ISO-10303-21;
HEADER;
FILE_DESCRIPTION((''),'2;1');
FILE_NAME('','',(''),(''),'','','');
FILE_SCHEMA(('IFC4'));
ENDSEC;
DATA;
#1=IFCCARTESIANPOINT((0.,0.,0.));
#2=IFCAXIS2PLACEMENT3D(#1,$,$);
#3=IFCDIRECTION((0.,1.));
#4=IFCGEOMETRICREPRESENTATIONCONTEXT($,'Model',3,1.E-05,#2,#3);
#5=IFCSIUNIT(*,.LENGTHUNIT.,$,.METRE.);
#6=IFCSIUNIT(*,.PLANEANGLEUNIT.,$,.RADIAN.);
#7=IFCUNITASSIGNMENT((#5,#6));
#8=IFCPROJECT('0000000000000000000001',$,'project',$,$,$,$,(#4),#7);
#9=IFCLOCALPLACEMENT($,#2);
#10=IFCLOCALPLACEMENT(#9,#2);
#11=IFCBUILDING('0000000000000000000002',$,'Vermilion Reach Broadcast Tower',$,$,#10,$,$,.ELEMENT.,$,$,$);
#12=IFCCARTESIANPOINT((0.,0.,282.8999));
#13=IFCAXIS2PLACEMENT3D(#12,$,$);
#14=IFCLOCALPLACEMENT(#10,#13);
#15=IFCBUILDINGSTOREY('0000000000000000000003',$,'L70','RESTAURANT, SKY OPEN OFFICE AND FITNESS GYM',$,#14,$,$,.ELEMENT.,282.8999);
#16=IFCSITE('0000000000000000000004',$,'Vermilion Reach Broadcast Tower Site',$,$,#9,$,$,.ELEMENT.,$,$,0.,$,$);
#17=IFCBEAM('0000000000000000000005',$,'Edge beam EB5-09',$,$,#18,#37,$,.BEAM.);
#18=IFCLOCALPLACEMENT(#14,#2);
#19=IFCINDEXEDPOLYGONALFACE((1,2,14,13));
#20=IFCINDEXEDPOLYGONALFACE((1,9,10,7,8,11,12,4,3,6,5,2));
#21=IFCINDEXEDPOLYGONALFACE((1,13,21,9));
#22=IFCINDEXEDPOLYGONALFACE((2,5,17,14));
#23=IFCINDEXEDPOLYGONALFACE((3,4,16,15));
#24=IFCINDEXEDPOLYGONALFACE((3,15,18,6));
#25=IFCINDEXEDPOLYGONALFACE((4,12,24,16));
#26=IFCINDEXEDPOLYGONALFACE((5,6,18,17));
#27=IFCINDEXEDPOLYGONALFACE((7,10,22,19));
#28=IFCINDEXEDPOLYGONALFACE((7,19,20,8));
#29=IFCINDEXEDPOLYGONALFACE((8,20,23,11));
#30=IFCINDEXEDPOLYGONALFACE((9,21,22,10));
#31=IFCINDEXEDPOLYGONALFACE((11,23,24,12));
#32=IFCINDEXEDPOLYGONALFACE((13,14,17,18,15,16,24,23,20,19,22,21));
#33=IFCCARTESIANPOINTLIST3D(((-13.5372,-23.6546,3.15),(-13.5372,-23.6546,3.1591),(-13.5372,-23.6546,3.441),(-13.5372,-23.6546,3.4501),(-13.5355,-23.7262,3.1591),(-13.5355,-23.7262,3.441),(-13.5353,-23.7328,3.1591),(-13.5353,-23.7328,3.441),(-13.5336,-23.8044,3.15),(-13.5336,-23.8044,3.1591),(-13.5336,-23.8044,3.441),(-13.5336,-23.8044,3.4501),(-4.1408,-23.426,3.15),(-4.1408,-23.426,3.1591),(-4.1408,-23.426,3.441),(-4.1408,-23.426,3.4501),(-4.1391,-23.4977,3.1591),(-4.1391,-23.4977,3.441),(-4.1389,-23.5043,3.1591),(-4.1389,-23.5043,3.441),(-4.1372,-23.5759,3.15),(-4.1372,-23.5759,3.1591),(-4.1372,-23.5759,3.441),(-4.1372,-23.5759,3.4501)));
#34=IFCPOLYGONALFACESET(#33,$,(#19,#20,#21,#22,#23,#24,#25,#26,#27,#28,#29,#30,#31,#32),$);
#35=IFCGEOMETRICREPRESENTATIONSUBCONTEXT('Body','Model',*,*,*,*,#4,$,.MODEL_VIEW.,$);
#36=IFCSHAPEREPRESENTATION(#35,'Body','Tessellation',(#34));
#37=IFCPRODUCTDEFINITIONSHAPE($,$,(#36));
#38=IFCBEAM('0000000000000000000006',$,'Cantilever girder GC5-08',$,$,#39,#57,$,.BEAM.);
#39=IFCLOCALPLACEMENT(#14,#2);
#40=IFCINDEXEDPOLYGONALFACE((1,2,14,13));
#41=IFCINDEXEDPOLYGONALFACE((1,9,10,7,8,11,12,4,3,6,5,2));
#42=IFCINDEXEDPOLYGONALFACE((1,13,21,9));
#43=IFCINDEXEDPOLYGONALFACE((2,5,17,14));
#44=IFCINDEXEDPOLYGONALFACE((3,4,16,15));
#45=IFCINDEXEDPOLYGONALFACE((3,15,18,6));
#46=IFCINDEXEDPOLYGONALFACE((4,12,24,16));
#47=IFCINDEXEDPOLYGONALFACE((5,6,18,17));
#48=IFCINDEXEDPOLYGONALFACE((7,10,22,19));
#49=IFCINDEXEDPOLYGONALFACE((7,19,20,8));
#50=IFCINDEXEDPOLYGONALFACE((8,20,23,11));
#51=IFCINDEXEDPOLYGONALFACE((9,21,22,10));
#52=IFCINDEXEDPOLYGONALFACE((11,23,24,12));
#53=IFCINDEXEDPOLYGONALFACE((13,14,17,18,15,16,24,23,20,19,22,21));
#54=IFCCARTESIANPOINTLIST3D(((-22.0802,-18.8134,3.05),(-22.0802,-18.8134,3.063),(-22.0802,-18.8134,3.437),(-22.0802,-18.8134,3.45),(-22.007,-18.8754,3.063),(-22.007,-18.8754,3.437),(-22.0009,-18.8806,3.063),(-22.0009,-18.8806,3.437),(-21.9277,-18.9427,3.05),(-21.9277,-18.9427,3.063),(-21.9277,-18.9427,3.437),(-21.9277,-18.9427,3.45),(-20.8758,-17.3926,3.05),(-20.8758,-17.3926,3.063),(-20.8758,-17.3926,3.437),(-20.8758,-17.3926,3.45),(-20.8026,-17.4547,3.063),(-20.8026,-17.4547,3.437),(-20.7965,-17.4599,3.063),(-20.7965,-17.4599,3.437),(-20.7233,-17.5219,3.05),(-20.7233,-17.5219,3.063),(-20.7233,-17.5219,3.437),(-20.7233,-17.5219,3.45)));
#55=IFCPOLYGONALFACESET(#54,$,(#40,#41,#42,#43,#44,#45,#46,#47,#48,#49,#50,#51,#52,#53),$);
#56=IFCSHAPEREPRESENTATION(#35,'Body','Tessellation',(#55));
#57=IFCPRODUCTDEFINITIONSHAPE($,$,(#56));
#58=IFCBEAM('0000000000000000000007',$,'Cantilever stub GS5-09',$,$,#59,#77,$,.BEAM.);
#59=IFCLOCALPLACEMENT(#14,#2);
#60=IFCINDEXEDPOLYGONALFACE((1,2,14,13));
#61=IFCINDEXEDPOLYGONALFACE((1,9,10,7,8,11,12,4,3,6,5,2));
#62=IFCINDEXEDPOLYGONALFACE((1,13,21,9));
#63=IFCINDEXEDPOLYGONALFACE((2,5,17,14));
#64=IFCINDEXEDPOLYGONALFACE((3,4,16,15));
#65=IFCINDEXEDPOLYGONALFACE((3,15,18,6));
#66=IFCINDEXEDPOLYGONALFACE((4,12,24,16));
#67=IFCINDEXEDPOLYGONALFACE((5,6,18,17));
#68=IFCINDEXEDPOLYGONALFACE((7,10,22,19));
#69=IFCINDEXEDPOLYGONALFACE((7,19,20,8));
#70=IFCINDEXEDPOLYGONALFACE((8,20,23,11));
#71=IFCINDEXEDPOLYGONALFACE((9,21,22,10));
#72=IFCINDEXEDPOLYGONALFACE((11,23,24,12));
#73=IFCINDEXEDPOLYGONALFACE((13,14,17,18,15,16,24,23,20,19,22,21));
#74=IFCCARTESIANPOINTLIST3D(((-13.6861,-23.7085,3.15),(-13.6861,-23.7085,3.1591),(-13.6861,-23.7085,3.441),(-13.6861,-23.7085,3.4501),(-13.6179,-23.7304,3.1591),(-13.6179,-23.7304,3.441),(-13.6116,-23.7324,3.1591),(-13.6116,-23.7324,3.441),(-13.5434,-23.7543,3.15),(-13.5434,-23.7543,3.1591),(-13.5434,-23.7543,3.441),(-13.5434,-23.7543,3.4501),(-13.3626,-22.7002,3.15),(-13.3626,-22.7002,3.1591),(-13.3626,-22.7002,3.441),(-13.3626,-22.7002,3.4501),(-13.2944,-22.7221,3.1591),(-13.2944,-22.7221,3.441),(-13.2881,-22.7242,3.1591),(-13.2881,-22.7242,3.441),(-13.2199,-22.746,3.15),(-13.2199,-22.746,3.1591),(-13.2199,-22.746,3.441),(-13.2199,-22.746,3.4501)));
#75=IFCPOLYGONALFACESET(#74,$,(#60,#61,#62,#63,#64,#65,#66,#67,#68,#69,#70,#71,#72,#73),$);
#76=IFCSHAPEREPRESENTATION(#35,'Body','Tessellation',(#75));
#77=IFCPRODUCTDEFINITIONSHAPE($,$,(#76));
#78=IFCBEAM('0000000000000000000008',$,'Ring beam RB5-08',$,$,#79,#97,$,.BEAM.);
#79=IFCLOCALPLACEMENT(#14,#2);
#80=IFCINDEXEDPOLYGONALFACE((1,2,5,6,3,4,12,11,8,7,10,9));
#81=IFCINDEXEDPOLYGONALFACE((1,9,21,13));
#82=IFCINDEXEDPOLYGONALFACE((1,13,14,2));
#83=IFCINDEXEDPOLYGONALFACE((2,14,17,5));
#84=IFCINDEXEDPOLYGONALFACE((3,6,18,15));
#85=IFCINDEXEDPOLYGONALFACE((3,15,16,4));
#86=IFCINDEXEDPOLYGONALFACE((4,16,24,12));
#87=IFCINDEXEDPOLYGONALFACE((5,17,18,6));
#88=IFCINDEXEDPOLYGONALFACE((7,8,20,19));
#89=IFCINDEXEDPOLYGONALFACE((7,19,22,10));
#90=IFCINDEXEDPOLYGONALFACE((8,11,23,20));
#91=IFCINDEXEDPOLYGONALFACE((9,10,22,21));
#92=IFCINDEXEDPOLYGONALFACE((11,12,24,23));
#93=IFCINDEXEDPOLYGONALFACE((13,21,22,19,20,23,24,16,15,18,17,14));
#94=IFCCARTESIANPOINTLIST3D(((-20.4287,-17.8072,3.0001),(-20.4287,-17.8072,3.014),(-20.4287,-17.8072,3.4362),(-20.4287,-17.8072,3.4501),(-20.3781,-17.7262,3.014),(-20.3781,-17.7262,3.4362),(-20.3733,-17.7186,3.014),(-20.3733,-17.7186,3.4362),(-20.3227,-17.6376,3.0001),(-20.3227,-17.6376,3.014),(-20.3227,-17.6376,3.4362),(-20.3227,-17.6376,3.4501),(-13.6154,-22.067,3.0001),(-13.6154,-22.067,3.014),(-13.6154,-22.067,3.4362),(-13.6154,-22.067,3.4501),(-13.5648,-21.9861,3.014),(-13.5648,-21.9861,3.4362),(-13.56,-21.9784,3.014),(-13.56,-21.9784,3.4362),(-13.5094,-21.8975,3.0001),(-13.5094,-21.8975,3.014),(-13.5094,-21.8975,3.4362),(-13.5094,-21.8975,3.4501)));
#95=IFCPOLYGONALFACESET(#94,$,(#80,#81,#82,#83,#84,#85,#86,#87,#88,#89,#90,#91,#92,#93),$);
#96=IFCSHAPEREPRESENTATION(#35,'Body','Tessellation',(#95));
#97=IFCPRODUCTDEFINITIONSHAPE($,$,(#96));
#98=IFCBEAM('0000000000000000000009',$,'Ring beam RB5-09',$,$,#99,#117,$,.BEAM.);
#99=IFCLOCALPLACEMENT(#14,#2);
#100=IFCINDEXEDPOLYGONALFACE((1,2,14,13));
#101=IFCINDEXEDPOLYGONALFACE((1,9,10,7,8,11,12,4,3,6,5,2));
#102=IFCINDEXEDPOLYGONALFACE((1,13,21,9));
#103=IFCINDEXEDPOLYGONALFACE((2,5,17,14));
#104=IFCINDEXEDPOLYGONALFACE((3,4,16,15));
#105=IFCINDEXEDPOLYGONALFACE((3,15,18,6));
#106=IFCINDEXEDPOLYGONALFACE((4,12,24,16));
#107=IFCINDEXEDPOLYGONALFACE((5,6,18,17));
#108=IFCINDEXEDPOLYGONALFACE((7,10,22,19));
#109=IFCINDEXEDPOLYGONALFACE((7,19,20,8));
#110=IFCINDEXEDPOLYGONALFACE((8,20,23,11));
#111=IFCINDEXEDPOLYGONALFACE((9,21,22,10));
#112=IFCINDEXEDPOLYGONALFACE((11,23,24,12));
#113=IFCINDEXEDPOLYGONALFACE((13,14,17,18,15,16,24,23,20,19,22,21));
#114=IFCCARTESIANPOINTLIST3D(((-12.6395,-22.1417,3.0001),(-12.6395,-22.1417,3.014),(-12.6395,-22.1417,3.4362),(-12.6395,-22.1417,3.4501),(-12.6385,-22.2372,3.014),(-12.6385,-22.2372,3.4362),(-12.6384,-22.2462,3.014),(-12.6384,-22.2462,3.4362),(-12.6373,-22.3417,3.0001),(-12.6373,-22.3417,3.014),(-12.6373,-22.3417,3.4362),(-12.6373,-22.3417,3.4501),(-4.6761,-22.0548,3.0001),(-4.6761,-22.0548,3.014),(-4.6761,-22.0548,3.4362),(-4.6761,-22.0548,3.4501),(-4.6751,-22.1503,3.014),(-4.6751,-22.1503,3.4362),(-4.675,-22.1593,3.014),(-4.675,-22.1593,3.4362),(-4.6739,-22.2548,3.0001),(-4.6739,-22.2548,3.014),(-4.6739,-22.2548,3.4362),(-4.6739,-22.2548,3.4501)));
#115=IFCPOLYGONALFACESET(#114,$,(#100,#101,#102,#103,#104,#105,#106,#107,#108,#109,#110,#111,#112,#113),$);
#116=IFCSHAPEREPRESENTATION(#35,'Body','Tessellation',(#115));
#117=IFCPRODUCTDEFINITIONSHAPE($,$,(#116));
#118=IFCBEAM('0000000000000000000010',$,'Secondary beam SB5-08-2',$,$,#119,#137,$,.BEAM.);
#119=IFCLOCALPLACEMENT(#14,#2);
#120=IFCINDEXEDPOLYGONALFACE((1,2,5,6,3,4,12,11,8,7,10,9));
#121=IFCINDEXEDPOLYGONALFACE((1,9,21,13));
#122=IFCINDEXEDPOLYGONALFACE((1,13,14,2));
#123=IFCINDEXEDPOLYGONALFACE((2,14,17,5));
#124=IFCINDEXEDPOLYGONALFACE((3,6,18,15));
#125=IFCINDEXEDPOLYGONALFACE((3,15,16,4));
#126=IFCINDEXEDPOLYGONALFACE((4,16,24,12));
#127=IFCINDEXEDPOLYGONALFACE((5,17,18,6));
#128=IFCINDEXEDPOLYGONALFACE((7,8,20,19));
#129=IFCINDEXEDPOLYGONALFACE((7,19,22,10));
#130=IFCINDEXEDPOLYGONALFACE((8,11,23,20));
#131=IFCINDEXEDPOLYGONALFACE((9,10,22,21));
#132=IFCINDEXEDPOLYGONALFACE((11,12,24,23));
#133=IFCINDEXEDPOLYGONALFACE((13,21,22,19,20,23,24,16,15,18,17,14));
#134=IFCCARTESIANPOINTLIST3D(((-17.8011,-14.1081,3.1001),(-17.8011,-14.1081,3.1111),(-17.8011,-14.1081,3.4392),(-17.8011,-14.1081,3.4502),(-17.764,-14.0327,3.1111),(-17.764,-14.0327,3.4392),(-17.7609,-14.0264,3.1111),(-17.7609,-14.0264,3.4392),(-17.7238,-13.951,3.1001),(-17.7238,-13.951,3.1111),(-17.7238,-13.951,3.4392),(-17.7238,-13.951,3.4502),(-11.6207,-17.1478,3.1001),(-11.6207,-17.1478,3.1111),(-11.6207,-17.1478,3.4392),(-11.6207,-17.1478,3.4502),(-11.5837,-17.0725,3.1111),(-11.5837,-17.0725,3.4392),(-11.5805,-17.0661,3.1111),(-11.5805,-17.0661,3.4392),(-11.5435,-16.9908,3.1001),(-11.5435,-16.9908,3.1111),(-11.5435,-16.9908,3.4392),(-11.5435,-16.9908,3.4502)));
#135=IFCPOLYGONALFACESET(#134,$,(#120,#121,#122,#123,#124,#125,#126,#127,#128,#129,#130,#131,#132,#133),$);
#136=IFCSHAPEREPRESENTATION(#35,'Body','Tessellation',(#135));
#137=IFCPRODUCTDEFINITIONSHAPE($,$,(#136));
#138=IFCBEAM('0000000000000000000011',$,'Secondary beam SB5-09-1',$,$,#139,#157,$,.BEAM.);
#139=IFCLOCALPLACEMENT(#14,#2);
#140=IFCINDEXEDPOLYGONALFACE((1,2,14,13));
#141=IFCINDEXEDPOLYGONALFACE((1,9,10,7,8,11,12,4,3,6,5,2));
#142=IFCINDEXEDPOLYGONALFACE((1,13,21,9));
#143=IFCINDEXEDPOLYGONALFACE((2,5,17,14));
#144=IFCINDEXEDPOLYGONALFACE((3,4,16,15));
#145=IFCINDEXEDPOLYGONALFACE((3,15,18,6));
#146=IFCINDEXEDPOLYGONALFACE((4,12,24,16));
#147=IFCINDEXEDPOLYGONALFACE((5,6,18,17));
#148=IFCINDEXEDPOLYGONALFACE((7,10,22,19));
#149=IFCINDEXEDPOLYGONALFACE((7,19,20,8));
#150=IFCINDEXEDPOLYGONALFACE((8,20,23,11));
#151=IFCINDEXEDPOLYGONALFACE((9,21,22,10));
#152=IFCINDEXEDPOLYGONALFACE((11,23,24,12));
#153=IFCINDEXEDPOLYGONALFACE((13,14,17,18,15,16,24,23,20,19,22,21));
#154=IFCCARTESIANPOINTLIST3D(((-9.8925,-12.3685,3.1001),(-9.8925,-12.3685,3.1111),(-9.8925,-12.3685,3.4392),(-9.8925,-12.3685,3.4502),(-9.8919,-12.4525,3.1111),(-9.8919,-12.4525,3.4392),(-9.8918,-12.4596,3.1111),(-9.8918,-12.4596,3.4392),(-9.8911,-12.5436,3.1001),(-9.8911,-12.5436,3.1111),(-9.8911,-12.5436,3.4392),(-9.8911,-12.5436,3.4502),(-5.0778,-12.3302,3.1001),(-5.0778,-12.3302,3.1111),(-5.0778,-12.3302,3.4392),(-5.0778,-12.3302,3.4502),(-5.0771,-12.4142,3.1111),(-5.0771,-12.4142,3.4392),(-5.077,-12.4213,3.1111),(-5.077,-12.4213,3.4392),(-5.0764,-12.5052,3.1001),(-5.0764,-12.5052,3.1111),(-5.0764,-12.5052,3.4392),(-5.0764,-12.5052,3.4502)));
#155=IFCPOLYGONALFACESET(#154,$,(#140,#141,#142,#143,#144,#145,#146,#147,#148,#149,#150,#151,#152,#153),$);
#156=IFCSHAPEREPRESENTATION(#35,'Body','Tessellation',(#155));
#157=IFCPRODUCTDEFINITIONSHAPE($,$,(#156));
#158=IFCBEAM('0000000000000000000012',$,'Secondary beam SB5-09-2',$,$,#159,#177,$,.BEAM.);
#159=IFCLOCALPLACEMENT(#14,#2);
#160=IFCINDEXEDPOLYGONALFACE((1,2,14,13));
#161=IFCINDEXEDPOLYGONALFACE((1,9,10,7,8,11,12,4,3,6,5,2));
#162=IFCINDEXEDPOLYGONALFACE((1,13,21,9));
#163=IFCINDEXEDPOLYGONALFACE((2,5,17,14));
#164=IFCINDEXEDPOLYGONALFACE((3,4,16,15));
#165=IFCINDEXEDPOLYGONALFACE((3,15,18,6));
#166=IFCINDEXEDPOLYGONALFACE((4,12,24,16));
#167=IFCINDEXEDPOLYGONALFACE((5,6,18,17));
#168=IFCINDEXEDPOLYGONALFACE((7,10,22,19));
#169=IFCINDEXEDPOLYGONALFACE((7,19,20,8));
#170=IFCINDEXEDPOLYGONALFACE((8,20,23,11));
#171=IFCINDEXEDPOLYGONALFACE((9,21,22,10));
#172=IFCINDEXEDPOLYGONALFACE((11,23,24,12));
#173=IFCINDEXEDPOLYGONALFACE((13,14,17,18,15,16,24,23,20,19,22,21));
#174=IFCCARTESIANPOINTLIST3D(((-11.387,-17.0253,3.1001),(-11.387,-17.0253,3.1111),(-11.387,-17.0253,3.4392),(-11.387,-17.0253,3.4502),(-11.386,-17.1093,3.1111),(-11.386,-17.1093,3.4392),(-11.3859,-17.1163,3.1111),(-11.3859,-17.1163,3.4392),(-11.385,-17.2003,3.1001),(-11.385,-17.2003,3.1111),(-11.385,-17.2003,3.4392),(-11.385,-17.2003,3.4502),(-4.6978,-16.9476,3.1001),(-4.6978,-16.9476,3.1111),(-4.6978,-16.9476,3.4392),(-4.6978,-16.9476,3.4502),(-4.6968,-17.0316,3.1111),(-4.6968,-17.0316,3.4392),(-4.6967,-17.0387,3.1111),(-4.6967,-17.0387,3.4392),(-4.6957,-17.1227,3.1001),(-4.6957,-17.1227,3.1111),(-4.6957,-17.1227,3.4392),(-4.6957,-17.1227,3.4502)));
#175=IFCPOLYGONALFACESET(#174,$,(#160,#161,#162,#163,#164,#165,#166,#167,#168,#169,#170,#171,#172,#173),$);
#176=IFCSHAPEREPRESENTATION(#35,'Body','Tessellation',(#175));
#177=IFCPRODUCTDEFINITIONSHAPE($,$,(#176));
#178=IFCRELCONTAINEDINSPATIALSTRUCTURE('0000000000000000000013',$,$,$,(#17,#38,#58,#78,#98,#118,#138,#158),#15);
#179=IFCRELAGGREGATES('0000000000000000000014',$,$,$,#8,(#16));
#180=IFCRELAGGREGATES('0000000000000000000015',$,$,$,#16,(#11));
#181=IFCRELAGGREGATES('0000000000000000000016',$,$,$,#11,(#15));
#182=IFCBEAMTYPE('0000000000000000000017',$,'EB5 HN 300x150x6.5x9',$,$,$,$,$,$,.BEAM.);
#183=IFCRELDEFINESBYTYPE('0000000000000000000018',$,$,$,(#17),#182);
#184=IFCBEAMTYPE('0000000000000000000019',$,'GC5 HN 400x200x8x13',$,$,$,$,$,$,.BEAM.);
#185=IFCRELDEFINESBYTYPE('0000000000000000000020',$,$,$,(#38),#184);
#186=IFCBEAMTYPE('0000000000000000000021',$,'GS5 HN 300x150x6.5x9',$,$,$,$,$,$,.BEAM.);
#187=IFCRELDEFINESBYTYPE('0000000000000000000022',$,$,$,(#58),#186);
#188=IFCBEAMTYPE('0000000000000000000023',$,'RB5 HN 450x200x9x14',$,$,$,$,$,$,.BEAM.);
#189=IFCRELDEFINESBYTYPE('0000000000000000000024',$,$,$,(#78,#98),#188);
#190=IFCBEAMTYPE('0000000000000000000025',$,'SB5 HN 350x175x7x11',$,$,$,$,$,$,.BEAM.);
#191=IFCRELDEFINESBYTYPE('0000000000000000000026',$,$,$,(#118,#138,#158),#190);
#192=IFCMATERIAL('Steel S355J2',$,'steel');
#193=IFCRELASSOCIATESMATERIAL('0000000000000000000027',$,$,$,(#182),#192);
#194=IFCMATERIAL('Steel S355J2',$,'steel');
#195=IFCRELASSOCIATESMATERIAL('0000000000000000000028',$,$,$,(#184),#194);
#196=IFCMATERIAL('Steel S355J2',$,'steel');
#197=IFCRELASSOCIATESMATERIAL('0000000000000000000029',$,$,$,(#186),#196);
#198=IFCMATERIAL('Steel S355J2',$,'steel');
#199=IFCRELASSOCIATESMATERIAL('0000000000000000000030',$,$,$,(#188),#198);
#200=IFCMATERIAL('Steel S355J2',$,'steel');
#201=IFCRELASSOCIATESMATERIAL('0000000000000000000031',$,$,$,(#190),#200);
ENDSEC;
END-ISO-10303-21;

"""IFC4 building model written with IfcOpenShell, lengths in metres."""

from ifc_helpers import new_model, si_unit, direction, frame, origin, origin_2d, place, context, subcontext, project, spatial, i_section, extrude, material, material_profile, profile_set, type_object, element, save


model = new_model("IFC4")

# Units and contexts
model_context = context("Model", 3, precision=1e-05, world=origin(), true_north=direction((0.0, 1.0)))
body_context = subcontext(model_context, "Body", "Model", "MODEL_VIEW")
ifc_project = project(units=[si_unit("LENGTHUNIT", "METRE"), si_unit("PLANEANGLEUNIT", "RADIAN")], contexts=[model_context])

# Site, building, storey
site_placement = place(None, origin())
site = spatial("IfcSite", under=ifc_project, at=site_placement, Name="Vermilion Reach Broadcast Tower Site", CompositionType="ELEMENT", RefElevation=0.0)
building_placement = place(site_placement, origin())
building = spatial("IfcBuilding", under=site, at=building_placement, Name="Vermilion Reach Broadcast Tower", CompositionType="ELEMENT")
storey_placement = place(building_placement, frame((0.0, 0.0, 282.8999)))
storey = spatial("IfcBuildingStorey", under=building, at=storey_placement, Name="L70", Description="RESTAURANT, SKY OPEN OFFICE AND FITNESS GYM", CompositionType="ELEMENT", Elevation=282.8999)

# Beams
ifc_material_1 = material(Name="Steel S355J2", Category="steel")
ifc_material_profile_1 = material_profile(ifc_material_1, i_section(OverallWidth=0.1499, OverallDepth=0.3, WebThickness=0.0066, FlangeThickness=0.009, at=origin_2d()), Name="S355J2 HN 300x150x6.5x9")
ifc_profile_set_1 = profile_set([ifc_material_profile_1], Name="Steel S355J2")
beam_type_1 = type_object("IfcBeamType", Name="EB5 HN 300x150x6.5x9", PredefinedType="BEAM", material=ifc_profile_set_1)
beam_1_placement = place(storey_placement, frame((-13.5354, -23.7295, 3.3), z_axis=(0.999704, 0.024312, 0.0), x_axis=(-0.024312, 0.999704, 0.0)))
element("IfcBeam", 1, at=beam_1_placement, inside=storey, type_object=beam_type_1, Name="Edge beam EB5-09", PredefinedType="BEAM", context=body_context, shape_type="SweptSolid", body=[
    extrude(i_section(OverallWidth=0.1499, OverallDepth=0.3, WebThickness=0.0066, FlangeThickness=0.009, at=origin_2d()), origin(), (0.0, 0.0, 1.0), 9.3992),
])
ifc_material_2 = material(Name="Steel S355J2", Category="steel")
ifc_material_profile_2 = material_profile(ifc_material_2, i_section(OverallWidth=0.2, OverallDepth=0.3999, WebThickness=0.0081, FlangeThickness=0.0129, at=origin_2d()), Name="S355J2 HN 400x200x8x13")
ifc_profile_set_2 = profile_set([ifc_material_profile_2], Name="Steel S355J2")
beam_type_2 = type_object("IfcBeamType", Name="GC5 HN 400x200x8x13", PredefinedType="BEAM", material=ifc_profile_set_2)
beam_2_placement = place(storey_placement, frame((-20.7996, -17.4573, 3.25), z_axis=(-0.646647, -0.762789, 0.0), x_axis=(0.762789, -0.646647, 0.0)))
element("IfcBeam", 2, at=beam_2_placement, inside=storey, type_object=beam_type_2, Name="Cantilever girder GC5-08", PredefinedType="BEAM", context=body_context, shape_type="SweptSolid", body=[
    extrude(i_section(OverallWidth=0.2, OverallDepth=0.3999, WebThickness=0.0081, FlangeThickness=0.0129, at=origin_2d()), origin(), (0.0, 0.0, 1.0), 1.8625),
])
ifc_material_3 = material(Name="Steel S355J2", Category="steel")
ifc_material_profile_3 = material_profile(ifc_material_3, i_section(OverallWidth=0.1499, OverallDepth=0.3, WebThickness=0.0066, FlangeThickness=0.009, at=origin_2d()), Name="S355J2 HN 300x150x6.5x9")
ifc_profile_set_3 = profile_set([ifc_material_profile_3], Name="Steel S355J2")
beam_type_3 = type_object("IfcBeamType", Name="GS5 HN 300x150x6.5x9", PredefinedType="BEAM", material=ifc_profile_set_3)
beam_3_placement = place(storey_placement, frame((-13.2913, -22.7231, 3.3), z_axis=(-0.305487, -0.952196, 0.0), x_axis=(0.952196, -0.305487, 0.0)))
element("IfcBeam", 3, at=beam_3_placement, inside=storey, type_object=beam_type_3, Name="Cantilever stub GS5-09", PredefinedType="BEAM", context=body_context, shape_type="SweptSolid", body=[
    extrude(i_section(OverallWidth=0.1499, OverallDepth=0.3, WebThickness=0.0066, FlangeThickness=0.009, at=origin_2d()), origin(), (0.0, 0.0, 1.0), 1.0588),
])
ifc_material_4 = material(Name="Steel S355J2", Category="steel")
ifc_material_profile_4 = material_profile(ifc_material_4, i_section(OverallWidth=0.2, OverallDepth=0.45, WebThickness=0.009, FlangeThickness=0.0139, at=origin_2d()), Name="S355J2 HN 450x200x9x14")
ifc_profile_set_4 = profile_set([ifc_material_profile_4], Name="Steel S355J2")
beam_type_4 = type_object("IfcBeamType", Name="RB5 HN 450x200x9x14", PredefinedType="BEAM", material=ifc_profile_set_4)
beam_4_placement = place(storey_placement, frame((-20.3757, -17.7224, 3.2251), z_axis=(0.847915, -0.530133, 0.0), x_axis=(0.530133, 0.847915, 0.0)))
element("IfcBeam", 4, at=beam_4_placement, inside=storey, type_object=beam_type_4, Name="Ring beam RB5-08", PredefinedType="BEAM", context=body_context, shape_type="SweptSolid", body=[
    extrude(i_section(OverallWidth=0.2, OverallDepth=0.45, WebThickness=0.009, FlangeThickness=0.0139, at=origin_2d()), origin(), (0.0, 0.0, 1.0), 8.0354),
])
beam_5_placement = place(storey_placement, frame((-12.6384, -22.2417, 3.2251), z_axis=(0.99994, 0.010914, 0.0), x_axis=(-0.010914, 0.99994, 0.0)))
element("IfcBeam", 5, at=beam_5_placement, inside=storey, type_object=beam_type_4, Name="Ring beam RB5-09", PredefinedType="BEAM", context=body_context, shape_type="SweptSolid", body=[
    extrude(i_section(OverallWidth=0.2, OverallDepth=0.45, WebThickness=0.009, FlangeThickness=0.0139, at=origin_2d()), origin(), (0.0, 0.0, 1.0), 7.9639),
])
ifc_material_5 = material(Name="Steel S355J2", Category="steel")
ifc_material_profile_5 = material_profile(ifc_material_5, i_section(OverallWidth=0.175, OverallDepth=0.3501, WebThickness=0.0071, FlangeThickness=0.011, at=origin_2d()), Name="S355J2 HN 350x175x7x11")
ifc_profile_set_5 = profile_set([ifc_material_profile_5], Name="Steel S355J2")
beam_type_5 = type_object("IfcBeamType", Name="SB5 HN 350x175x7x11", PredefinedType="BEAM", material=ifc_profile_set_5)
beam_6_placement = place(storey_placement, frame((-17.7625, -14.0295, 3.2751), z_axis=(0.897336, -0.441348, 0.0), x_axis=(0.441348, 0.897336, 0.0)))
element("IfcBeam", 6, at=beam_6_placement, inside=storey, type_object=beam_type_5, Name="Secondary beam SB5-08-2", PredefinedType="BEAM", context=body_context, shape_type="SweptSolid", body=[
    extrude(i_section(OverallWidth=0.175, OverallDepth=0.3501, WebThickness=0.0071, FlangeThickness=0.011, at=origin_2d()), origin(), (0.0, 0.0, 1.0), 6.8875),
])
beam_7_placement = place(storey_placement, frame((-9.8918, -12.4561, 3.2751), z_axis=(0.999968, 0.007961, 0.0), x_axis=(-0.007961, 0.999968, 0.0)))
element("IfcBeam", 7, at=beam_7_placement, inside=storey, type_object=beam_type_5, Name="Secondary beam SB5-09-1", PredefinedType="BEAM", context=body_context, shape_type="SweptSolid", body=[
    extrude(i_section(OverallWidth=0.175, OverallDepth=0.3501, WebThickness=0.0071, FlangeThickness=0.011, at=origin_2d()), origin(), (0.0, 0.0, 1.0), 4.8149),
])
beam_8_placement = place(storey_placement, frame((-11.386, -17.1128, 3.2751), z_axis=(0.999933, 0.011605, 0.0), x_axis=(-0.011605, 0.999933, 0.0)))
element("IfcBeam", 8, at=beam_8_placement, inside=storey, type_object=beam_type_5, Name="Secondary beam SB5-09-2", PredefinedType="BEAM", context=body_context, shape_type="SweptSolid", body=[
    extrude(i_section(OverallWidth=0.175, OverallDepth=0.3501, WebThickness=0.0071, FlangeThickness=0.011, at=origin_2d()), origin(), (0.0, 0.0, 1.0), 6.6897),
])

save(model, "model.ifc")
